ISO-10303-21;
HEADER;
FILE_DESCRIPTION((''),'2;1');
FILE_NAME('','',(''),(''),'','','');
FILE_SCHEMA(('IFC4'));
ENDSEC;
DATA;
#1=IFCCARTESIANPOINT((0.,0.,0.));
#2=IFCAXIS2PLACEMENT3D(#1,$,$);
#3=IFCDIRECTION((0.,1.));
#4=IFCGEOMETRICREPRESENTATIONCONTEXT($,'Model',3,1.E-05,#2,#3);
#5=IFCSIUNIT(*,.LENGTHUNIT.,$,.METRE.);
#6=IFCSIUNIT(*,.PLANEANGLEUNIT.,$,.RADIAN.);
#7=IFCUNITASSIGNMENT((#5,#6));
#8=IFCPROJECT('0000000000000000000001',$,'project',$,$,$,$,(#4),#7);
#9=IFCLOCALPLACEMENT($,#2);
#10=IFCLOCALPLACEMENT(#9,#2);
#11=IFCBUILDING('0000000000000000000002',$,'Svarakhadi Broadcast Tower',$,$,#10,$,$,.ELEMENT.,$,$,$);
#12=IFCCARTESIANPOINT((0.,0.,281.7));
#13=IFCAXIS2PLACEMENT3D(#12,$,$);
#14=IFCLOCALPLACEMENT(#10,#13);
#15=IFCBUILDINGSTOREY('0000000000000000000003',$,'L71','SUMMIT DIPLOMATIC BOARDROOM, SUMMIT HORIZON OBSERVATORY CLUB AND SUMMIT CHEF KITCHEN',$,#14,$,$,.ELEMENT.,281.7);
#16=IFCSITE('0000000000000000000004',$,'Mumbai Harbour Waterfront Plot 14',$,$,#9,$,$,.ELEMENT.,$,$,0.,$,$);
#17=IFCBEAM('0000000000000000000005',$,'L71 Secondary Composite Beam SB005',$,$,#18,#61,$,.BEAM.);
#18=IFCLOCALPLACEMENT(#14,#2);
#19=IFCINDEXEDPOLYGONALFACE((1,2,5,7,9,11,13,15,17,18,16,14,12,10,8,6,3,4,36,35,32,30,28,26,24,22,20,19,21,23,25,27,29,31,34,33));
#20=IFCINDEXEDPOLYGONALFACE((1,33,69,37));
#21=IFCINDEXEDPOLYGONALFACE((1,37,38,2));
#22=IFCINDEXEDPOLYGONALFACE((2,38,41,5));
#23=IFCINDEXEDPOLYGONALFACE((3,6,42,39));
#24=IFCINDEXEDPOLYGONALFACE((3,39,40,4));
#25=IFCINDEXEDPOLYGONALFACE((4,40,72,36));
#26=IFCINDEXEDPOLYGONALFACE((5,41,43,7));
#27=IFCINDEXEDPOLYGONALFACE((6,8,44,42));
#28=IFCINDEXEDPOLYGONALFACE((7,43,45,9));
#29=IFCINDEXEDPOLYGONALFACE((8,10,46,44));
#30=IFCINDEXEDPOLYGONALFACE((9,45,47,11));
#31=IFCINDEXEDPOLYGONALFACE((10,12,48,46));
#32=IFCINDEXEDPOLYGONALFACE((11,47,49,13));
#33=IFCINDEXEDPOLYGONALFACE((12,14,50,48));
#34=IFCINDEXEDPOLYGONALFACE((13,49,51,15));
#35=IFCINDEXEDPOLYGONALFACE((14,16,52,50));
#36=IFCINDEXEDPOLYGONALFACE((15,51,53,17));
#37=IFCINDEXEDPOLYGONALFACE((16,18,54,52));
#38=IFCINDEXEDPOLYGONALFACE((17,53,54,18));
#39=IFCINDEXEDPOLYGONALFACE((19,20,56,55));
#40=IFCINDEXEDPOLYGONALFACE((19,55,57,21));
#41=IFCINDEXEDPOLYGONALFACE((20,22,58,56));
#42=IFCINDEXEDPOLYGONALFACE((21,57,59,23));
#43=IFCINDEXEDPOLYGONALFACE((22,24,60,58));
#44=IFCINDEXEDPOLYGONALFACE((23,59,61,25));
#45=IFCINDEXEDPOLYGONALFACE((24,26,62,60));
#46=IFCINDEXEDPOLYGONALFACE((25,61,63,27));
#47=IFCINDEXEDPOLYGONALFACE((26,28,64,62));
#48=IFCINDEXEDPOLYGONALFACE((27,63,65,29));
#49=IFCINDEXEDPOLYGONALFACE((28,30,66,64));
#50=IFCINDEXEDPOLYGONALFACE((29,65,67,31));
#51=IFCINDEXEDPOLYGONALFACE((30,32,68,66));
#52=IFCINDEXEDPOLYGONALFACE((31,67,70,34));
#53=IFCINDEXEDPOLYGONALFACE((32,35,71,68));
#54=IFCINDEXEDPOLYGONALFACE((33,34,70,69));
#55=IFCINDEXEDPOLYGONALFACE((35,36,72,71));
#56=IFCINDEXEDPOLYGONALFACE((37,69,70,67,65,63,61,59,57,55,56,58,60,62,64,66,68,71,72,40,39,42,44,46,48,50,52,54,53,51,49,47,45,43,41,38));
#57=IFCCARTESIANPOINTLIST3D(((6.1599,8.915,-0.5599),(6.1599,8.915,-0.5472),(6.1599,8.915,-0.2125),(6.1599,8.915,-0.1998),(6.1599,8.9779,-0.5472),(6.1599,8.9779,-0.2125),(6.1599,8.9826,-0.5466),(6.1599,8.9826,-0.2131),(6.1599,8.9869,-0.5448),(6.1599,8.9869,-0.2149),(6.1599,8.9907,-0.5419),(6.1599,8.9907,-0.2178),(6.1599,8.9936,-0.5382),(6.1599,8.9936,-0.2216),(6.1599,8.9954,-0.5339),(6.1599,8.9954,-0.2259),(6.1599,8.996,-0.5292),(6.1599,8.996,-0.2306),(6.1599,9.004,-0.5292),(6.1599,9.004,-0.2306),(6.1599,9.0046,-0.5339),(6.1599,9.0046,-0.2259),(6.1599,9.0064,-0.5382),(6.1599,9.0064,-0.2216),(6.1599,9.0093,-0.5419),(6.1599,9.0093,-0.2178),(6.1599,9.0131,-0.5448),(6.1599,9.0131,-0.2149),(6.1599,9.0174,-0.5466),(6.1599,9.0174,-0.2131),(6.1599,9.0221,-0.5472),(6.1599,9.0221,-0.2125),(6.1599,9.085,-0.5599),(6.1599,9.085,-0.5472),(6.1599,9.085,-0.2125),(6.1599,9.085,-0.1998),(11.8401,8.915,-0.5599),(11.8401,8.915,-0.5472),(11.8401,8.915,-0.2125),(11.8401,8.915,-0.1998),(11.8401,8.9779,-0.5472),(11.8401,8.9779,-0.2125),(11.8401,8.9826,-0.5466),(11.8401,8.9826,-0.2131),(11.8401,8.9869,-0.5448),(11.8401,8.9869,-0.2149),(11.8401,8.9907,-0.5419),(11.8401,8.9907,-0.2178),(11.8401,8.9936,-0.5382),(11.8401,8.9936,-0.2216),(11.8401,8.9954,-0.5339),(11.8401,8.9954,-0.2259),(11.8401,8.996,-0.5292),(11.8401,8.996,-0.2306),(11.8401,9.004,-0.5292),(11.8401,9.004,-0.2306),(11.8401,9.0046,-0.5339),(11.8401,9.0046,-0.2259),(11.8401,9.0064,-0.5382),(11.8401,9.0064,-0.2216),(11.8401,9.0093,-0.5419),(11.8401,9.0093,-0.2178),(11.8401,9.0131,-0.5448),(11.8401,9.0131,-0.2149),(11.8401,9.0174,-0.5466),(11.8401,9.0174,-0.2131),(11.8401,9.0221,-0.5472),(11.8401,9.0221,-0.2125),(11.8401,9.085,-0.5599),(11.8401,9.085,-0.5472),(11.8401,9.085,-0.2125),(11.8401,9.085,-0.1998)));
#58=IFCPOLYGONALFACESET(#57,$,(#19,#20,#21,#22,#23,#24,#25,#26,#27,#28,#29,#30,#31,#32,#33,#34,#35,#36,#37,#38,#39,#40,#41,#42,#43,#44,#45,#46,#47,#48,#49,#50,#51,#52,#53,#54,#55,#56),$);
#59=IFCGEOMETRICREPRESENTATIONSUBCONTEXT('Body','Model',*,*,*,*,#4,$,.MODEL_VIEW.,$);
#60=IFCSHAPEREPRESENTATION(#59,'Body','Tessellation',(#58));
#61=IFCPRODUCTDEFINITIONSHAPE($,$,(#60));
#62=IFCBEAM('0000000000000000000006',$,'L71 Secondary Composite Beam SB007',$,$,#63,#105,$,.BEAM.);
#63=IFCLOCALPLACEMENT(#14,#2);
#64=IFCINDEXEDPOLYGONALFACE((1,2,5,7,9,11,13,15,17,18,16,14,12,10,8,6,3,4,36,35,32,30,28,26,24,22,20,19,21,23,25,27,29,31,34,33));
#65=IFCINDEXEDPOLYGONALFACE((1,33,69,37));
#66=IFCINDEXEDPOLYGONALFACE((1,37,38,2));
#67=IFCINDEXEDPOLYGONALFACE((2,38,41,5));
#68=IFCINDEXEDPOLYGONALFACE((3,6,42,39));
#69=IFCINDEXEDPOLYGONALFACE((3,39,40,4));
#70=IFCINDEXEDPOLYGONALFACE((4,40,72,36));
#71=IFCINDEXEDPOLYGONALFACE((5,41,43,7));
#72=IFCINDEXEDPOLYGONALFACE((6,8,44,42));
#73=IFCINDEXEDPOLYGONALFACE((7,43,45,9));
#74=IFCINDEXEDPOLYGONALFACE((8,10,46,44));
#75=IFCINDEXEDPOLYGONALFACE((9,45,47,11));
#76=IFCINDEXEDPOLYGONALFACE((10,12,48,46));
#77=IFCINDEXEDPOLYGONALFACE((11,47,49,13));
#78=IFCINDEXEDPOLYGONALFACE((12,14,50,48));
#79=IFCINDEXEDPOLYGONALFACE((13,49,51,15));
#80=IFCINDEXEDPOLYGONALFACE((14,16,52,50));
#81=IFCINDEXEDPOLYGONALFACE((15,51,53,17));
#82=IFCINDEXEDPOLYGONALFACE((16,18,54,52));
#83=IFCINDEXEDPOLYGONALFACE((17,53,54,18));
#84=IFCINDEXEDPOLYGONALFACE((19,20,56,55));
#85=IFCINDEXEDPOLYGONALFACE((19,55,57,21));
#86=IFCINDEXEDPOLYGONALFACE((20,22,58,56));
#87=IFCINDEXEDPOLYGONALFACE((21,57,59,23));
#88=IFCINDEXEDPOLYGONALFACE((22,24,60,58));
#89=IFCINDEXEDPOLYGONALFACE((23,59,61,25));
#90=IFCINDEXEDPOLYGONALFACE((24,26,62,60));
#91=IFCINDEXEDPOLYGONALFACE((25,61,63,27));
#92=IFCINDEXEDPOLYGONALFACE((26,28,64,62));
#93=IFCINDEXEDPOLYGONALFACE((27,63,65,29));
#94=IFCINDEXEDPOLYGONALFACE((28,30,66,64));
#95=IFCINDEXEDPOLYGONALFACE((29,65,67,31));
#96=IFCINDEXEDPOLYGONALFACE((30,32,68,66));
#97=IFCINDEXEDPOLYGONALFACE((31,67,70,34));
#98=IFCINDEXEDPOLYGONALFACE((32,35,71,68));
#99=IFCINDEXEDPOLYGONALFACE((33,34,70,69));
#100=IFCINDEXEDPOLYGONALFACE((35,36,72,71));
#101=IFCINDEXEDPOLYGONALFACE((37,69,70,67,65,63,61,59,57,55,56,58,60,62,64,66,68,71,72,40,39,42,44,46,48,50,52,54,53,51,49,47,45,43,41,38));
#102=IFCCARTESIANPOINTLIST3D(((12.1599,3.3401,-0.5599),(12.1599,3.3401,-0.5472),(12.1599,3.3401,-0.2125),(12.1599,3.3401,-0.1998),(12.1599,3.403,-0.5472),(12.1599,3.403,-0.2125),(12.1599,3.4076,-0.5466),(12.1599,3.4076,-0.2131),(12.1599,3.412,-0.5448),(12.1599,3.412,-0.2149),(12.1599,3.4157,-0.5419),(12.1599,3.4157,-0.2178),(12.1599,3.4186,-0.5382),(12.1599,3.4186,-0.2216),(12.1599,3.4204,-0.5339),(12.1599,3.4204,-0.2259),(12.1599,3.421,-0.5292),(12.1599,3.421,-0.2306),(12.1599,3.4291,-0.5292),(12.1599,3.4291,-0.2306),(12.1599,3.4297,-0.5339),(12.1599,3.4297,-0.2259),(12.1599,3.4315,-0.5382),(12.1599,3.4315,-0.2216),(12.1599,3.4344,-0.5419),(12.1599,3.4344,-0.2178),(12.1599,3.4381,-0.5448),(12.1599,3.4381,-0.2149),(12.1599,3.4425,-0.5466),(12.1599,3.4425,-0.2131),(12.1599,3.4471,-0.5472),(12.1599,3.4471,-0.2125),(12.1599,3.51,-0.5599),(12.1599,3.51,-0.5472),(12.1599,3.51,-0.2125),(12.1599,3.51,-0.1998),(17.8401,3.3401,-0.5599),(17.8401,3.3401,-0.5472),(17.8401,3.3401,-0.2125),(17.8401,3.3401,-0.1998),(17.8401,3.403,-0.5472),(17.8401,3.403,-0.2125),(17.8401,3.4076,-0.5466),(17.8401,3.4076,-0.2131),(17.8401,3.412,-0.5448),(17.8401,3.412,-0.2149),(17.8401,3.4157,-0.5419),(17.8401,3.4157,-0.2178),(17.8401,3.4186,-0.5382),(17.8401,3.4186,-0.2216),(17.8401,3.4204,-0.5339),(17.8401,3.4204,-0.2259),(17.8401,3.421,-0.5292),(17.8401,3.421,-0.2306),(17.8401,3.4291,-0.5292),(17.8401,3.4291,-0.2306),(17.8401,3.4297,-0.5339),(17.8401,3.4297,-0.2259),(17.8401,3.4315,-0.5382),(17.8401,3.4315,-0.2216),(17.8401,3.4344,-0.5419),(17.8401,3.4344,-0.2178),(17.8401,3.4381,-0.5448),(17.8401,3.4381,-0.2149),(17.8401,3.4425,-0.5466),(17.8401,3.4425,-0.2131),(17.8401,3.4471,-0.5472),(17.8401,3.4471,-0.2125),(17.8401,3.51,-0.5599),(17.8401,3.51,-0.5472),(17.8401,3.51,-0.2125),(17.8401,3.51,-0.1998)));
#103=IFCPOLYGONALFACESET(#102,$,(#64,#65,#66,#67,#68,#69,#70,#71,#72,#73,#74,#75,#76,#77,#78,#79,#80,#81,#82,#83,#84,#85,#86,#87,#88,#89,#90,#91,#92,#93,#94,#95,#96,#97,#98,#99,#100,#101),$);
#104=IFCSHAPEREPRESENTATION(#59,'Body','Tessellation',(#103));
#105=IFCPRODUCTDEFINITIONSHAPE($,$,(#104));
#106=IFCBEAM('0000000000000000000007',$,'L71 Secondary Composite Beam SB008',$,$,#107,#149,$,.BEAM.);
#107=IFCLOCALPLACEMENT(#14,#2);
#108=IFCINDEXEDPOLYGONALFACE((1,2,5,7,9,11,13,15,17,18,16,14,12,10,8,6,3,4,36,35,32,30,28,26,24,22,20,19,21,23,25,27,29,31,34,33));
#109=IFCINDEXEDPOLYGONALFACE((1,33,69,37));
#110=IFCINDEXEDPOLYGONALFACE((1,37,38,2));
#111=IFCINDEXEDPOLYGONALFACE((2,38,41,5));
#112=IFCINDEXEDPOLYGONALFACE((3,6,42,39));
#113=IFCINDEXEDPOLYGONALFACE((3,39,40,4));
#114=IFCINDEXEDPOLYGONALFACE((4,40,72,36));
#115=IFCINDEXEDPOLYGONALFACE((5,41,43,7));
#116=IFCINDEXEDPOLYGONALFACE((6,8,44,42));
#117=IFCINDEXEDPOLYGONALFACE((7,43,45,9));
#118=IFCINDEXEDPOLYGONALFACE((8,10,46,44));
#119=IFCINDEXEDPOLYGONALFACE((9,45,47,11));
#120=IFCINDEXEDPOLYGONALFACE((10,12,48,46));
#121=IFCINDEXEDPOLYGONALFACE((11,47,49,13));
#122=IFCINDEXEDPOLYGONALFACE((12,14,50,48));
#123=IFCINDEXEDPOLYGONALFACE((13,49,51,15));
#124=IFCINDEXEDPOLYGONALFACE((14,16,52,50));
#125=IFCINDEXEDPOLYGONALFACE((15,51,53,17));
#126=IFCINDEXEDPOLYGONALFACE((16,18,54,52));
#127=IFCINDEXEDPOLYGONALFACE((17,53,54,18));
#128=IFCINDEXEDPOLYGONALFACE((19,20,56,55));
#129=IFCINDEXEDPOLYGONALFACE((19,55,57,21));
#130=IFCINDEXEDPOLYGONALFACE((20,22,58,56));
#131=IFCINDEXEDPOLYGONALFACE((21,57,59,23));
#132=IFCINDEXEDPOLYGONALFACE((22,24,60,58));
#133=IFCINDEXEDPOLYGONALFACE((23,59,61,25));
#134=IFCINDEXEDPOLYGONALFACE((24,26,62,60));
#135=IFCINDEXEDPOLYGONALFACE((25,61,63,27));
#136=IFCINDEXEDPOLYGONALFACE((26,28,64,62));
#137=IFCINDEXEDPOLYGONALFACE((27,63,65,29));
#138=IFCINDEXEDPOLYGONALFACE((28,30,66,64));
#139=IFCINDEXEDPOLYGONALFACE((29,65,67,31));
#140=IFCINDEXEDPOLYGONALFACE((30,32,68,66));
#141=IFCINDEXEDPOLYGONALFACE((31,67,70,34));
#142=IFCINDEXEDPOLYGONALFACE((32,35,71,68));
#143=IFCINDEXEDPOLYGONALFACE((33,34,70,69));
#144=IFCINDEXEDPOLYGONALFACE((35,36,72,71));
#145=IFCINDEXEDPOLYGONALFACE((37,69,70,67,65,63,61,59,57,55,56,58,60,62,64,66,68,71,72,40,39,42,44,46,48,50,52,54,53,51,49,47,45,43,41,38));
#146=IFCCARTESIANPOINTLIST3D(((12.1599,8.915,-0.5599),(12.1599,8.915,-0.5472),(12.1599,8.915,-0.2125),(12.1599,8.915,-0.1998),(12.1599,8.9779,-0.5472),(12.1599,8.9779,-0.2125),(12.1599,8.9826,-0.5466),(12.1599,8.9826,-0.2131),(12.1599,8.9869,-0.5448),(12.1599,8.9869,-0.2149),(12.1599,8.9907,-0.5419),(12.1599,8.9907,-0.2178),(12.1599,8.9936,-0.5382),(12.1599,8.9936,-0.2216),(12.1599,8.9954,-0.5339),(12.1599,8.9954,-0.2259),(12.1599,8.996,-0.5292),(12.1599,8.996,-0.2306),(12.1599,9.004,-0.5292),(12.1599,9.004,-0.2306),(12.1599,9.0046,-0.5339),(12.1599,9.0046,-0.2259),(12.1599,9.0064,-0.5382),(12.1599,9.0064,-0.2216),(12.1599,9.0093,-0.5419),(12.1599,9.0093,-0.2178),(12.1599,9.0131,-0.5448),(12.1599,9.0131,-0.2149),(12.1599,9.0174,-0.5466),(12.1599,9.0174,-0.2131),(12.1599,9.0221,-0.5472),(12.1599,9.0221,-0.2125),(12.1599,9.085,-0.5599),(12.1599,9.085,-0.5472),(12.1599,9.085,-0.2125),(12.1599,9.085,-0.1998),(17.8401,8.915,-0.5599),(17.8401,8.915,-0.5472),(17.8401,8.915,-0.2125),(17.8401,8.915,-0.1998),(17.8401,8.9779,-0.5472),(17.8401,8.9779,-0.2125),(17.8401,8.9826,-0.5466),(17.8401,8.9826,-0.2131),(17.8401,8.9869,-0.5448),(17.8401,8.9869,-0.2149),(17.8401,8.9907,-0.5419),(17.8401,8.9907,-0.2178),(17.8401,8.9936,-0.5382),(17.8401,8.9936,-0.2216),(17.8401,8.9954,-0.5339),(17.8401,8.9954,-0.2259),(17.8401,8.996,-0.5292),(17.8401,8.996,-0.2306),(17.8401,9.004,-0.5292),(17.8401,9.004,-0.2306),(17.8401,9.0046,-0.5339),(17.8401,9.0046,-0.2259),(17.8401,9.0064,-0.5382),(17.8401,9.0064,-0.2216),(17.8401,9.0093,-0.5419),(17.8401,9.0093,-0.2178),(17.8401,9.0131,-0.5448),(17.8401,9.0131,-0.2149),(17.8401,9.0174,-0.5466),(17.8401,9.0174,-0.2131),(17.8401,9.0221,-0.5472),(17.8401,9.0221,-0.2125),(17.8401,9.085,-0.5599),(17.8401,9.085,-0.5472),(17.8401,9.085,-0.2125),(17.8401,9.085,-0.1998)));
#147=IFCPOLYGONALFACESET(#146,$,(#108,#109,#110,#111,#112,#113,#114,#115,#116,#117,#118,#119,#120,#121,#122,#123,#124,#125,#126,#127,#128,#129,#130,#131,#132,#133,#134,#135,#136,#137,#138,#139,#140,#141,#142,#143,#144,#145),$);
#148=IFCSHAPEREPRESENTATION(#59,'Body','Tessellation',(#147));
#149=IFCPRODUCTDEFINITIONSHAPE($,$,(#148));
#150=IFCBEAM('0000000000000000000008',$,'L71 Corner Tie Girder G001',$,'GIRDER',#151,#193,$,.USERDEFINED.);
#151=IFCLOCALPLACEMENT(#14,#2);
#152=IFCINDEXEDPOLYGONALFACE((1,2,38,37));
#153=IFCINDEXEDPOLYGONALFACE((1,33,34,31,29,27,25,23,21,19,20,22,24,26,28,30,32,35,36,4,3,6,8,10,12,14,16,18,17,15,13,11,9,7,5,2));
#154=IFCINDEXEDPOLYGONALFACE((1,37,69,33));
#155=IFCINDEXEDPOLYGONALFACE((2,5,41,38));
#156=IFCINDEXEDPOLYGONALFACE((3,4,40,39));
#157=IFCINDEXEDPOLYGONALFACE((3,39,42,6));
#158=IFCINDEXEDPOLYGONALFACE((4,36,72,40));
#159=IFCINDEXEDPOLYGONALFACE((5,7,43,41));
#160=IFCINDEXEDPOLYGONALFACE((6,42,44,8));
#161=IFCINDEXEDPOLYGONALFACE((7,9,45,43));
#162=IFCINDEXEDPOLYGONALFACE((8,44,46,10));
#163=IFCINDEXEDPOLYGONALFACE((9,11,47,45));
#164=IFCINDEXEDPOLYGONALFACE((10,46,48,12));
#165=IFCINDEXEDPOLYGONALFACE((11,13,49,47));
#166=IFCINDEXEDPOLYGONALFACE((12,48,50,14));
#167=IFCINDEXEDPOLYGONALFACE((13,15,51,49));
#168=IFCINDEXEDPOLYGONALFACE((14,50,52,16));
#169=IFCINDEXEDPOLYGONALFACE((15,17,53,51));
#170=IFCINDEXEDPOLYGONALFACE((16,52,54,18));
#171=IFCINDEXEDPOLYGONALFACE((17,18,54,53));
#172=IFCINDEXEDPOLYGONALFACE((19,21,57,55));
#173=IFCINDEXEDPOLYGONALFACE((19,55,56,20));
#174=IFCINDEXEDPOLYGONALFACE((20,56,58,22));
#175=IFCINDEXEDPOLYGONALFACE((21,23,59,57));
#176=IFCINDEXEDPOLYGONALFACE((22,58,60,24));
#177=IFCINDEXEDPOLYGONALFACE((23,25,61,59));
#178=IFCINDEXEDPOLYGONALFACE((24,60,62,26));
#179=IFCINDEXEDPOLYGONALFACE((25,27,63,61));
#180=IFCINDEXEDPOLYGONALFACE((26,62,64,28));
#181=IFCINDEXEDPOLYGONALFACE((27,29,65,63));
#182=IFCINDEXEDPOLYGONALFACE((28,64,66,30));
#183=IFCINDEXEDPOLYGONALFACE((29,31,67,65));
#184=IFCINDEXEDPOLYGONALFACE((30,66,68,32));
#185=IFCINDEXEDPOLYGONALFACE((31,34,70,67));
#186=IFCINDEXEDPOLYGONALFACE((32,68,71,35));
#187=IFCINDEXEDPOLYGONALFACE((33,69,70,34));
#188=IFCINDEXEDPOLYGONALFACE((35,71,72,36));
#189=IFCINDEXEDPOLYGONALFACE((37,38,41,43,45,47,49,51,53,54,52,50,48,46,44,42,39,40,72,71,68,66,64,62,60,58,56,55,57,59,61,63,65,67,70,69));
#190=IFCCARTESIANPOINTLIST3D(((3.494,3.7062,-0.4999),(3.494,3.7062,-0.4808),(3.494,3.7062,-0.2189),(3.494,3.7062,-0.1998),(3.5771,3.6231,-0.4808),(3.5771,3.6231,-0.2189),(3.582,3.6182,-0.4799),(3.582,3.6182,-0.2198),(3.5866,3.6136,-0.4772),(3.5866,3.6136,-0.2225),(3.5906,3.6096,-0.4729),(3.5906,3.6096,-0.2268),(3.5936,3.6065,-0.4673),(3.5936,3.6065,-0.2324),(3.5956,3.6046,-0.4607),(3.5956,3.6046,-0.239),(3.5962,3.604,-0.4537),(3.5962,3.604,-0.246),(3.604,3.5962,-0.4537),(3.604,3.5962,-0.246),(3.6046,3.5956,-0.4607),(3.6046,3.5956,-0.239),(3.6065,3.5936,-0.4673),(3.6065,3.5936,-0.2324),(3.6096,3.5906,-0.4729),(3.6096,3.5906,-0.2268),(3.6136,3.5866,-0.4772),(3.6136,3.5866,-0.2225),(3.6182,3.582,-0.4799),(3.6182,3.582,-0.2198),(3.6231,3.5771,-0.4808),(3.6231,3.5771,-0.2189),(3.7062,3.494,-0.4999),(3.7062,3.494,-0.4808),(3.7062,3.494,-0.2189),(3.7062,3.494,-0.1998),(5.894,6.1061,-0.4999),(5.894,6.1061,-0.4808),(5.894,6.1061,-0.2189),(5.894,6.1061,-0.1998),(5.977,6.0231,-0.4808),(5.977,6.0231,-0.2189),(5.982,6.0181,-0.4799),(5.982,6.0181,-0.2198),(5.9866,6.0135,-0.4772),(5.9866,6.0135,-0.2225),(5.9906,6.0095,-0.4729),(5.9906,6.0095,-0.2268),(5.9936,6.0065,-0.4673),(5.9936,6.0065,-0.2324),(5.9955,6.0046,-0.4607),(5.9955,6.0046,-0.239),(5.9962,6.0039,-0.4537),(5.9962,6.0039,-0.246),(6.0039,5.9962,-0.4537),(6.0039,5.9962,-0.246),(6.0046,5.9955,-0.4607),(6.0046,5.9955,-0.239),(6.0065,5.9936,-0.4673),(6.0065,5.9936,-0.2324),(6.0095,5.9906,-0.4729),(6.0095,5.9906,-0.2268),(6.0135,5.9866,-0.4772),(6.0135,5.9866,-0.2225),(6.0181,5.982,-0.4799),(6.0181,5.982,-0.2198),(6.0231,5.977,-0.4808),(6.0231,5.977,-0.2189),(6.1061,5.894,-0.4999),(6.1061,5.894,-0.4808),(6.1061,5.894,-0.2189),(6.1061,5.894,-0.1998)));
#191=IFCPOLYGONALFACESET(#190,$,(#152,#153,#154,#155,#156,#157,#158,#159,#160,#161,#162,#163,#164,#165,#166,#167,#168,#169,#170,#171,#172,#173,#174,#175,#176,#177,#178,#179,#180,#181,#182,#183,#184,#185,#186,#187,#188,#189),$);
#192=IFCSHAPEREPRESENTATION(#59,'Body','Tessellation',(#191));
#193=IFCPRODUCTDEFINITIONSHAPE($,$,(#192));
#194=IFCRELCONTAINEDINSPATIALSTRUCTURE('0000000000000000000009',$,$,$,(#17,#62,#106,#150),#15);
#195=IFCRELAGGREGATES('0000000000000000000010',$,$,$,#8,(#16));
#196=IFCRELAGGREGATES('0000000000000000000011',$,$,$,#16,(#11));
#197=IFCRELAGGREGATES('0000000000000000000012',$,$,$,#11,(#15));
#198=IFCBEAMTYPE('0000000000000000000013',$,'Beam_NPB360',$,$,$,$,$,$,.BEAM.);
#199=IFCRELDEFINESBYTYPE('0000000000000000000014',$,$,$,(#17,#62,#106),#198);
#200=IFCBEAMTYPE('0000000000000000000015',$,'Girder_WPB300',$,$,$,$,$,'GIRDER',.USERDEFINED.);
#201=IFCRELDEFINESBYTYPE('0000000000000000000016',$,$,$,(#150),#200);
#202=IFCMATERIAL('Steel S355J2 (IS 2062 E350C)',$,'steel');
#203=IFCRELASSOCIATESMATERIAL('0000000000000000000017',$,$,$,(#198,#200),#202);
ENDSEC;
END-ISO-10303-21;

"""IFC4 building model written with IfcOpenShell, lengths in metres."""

from ifc_helpers import new_model, si_unit, direction, frame, origin, origin_2d, place, context, subcontext, project, spatial, i_section, extrude, material, material_profile, profile_set, type_object, element, save


model = new_model("IFC4")

# Units and contexts
model_context = context("Model", 3, precision=1e-05, world=origin(), true_north=direction((0.0, 1.0)))
body_context = subcontext(model_context, "Body", "Model", "MODEL_VIEW")
ifc_project = project(units=[si_unit("LENGTHUNIT", "METRE"), si_unit("PLANEANGLEUNIT", "RADIAN")], contexts=[model_context])

# Site, building, storey
site_placement = place(None, origin())
site = spatial("IfcSite", under=ifc_project, at=site_placement, Name="Mumbai Harbour Waterfront Plot 14", CompositionType="ELEMENT", RefElevation=0.0)
building_placement = place(site_placement, origin())
building = spatial("IfcBuilding", under=site, at=building_placement, Name="Svarakhadi Broadcast Tower", CompositionType="ELEMENT")
storey_placement = place(building_placement, frame((0.0, 0.0, 281.7)))
storey = spatial("IfcBuildingStorey", under=building, at=storey_placement, Name="L71", Description="SUMMIT DIPLOMATIC BOARDROOM, SUMMIT HORIZON OBSERVATORY CLUB AND SUMMIT CHEF KITCHEN", CompositionType="ELEMENT", Elevation=281.7)

# Beams
ifc_material_1 = material(Name="Steel S355J2 (IS 2062 E350C)", Category="steel")
ifc_material_profile_1 = material_profile(ifc_material_1, i_section(OverallWidth=0.1699, OverallDepth=0.3601, WebThickness=0.0081, FlangeThickness=0.0127, FilletRadius=0.0181, at=origin_2d()), Name="NPB 360x170x57")
ifc_profile_set_1 = profile_set([ifc_material_profile_1], Name="Steel S355J2 (IS 2062 E350C)")
beam_type_1 = type_object("IfcBeamType", Name="Beam_NPB360", PredefinedType="BEAM", material=ifc_profile_set_1)
for number, where, z_axis, x_axis, name in (
    (1, (6.1599, 9.0, -0.3799), (1.0, 0.0, 0.0), (0.0, 1.0, 0.0), "L71 Secondary Composite Beam SB005"),
    (2, (12.1599, 3.425, -0.3799), (1.0, 0.0, 0.0), (0.0, 1.0, 0.0), "L71 Secondary Composite Beam SB007"),
    (3, (12.1599, 9.0, -0.3799), (1.0, 0.0, 0.0), (0.0, 1.0, 0.0), "L71 Secondary Composite Beam SB008"),
):
    element("IfcBeam", number, at=place(storey_placement, frame(where, z_axis=z_axis, x_axis=x_axis)), inside=storey, type_object=beam_type_1, Name=name, PredefinedType="BEAM", context=body_context, shape_type="SweptSolid", body=[
        extrude(i_section(OverallWidth=0.1699, OverallDepth=0.3601, WebThickness=0.0081, FlangeThickness=0.0127, FilletRadius=0.0181, at=origin_2d()), origin(), (0.0, 0.0, 1.0), 5.6802),
    ])
ifc_material_profile_2 = material_profile(ifc_material_1, i_section(OverallWidth=0.3, OverallDepth=0.3, WebThickness=0.011, FlangeThickness=0.019, FilletRadius=0.0271, at=origin_2d()), Name="WPB 300x300x117")
ifc_profile_set_2 = profile_set([ifc_material_profile_2], Name="Steel S355J2 (IS 2062 E350C)")
beam_type_2 = type_object("IfcBeamType", Name="Girder_WPB300", ElementType="GIRDER", PredefinedType="USERDEFINED", material=ifc_profile_set_2)
beam_placement = place(storey_placement, frame((3.6001, 3.6001, -0.3499), z_axis=(0.707107, 0.707107, 0.0), x_axis=(-0.707107, 0.707107, 0.0)))
element("IfcBeam", 4, at=beam_placement, inside=storey, type_object=beam_type_2, Name="L71 Corner Tie Girder G001", ObjectType="GIRDER", PredefinedType="USERDEFINED", context=body_context, shape_type="SweptSolid", body=[
    extrude(i_section(OverallWidth=0.3, OverallDepth=0.3, WebThickness=0.011, FlangeThickness=0.019, FilletRadius=0.0271, at=origin_2d()), origin(), (0.0, 0.0, 1.0), 3.394),
])

save(model, "model.ifc")
